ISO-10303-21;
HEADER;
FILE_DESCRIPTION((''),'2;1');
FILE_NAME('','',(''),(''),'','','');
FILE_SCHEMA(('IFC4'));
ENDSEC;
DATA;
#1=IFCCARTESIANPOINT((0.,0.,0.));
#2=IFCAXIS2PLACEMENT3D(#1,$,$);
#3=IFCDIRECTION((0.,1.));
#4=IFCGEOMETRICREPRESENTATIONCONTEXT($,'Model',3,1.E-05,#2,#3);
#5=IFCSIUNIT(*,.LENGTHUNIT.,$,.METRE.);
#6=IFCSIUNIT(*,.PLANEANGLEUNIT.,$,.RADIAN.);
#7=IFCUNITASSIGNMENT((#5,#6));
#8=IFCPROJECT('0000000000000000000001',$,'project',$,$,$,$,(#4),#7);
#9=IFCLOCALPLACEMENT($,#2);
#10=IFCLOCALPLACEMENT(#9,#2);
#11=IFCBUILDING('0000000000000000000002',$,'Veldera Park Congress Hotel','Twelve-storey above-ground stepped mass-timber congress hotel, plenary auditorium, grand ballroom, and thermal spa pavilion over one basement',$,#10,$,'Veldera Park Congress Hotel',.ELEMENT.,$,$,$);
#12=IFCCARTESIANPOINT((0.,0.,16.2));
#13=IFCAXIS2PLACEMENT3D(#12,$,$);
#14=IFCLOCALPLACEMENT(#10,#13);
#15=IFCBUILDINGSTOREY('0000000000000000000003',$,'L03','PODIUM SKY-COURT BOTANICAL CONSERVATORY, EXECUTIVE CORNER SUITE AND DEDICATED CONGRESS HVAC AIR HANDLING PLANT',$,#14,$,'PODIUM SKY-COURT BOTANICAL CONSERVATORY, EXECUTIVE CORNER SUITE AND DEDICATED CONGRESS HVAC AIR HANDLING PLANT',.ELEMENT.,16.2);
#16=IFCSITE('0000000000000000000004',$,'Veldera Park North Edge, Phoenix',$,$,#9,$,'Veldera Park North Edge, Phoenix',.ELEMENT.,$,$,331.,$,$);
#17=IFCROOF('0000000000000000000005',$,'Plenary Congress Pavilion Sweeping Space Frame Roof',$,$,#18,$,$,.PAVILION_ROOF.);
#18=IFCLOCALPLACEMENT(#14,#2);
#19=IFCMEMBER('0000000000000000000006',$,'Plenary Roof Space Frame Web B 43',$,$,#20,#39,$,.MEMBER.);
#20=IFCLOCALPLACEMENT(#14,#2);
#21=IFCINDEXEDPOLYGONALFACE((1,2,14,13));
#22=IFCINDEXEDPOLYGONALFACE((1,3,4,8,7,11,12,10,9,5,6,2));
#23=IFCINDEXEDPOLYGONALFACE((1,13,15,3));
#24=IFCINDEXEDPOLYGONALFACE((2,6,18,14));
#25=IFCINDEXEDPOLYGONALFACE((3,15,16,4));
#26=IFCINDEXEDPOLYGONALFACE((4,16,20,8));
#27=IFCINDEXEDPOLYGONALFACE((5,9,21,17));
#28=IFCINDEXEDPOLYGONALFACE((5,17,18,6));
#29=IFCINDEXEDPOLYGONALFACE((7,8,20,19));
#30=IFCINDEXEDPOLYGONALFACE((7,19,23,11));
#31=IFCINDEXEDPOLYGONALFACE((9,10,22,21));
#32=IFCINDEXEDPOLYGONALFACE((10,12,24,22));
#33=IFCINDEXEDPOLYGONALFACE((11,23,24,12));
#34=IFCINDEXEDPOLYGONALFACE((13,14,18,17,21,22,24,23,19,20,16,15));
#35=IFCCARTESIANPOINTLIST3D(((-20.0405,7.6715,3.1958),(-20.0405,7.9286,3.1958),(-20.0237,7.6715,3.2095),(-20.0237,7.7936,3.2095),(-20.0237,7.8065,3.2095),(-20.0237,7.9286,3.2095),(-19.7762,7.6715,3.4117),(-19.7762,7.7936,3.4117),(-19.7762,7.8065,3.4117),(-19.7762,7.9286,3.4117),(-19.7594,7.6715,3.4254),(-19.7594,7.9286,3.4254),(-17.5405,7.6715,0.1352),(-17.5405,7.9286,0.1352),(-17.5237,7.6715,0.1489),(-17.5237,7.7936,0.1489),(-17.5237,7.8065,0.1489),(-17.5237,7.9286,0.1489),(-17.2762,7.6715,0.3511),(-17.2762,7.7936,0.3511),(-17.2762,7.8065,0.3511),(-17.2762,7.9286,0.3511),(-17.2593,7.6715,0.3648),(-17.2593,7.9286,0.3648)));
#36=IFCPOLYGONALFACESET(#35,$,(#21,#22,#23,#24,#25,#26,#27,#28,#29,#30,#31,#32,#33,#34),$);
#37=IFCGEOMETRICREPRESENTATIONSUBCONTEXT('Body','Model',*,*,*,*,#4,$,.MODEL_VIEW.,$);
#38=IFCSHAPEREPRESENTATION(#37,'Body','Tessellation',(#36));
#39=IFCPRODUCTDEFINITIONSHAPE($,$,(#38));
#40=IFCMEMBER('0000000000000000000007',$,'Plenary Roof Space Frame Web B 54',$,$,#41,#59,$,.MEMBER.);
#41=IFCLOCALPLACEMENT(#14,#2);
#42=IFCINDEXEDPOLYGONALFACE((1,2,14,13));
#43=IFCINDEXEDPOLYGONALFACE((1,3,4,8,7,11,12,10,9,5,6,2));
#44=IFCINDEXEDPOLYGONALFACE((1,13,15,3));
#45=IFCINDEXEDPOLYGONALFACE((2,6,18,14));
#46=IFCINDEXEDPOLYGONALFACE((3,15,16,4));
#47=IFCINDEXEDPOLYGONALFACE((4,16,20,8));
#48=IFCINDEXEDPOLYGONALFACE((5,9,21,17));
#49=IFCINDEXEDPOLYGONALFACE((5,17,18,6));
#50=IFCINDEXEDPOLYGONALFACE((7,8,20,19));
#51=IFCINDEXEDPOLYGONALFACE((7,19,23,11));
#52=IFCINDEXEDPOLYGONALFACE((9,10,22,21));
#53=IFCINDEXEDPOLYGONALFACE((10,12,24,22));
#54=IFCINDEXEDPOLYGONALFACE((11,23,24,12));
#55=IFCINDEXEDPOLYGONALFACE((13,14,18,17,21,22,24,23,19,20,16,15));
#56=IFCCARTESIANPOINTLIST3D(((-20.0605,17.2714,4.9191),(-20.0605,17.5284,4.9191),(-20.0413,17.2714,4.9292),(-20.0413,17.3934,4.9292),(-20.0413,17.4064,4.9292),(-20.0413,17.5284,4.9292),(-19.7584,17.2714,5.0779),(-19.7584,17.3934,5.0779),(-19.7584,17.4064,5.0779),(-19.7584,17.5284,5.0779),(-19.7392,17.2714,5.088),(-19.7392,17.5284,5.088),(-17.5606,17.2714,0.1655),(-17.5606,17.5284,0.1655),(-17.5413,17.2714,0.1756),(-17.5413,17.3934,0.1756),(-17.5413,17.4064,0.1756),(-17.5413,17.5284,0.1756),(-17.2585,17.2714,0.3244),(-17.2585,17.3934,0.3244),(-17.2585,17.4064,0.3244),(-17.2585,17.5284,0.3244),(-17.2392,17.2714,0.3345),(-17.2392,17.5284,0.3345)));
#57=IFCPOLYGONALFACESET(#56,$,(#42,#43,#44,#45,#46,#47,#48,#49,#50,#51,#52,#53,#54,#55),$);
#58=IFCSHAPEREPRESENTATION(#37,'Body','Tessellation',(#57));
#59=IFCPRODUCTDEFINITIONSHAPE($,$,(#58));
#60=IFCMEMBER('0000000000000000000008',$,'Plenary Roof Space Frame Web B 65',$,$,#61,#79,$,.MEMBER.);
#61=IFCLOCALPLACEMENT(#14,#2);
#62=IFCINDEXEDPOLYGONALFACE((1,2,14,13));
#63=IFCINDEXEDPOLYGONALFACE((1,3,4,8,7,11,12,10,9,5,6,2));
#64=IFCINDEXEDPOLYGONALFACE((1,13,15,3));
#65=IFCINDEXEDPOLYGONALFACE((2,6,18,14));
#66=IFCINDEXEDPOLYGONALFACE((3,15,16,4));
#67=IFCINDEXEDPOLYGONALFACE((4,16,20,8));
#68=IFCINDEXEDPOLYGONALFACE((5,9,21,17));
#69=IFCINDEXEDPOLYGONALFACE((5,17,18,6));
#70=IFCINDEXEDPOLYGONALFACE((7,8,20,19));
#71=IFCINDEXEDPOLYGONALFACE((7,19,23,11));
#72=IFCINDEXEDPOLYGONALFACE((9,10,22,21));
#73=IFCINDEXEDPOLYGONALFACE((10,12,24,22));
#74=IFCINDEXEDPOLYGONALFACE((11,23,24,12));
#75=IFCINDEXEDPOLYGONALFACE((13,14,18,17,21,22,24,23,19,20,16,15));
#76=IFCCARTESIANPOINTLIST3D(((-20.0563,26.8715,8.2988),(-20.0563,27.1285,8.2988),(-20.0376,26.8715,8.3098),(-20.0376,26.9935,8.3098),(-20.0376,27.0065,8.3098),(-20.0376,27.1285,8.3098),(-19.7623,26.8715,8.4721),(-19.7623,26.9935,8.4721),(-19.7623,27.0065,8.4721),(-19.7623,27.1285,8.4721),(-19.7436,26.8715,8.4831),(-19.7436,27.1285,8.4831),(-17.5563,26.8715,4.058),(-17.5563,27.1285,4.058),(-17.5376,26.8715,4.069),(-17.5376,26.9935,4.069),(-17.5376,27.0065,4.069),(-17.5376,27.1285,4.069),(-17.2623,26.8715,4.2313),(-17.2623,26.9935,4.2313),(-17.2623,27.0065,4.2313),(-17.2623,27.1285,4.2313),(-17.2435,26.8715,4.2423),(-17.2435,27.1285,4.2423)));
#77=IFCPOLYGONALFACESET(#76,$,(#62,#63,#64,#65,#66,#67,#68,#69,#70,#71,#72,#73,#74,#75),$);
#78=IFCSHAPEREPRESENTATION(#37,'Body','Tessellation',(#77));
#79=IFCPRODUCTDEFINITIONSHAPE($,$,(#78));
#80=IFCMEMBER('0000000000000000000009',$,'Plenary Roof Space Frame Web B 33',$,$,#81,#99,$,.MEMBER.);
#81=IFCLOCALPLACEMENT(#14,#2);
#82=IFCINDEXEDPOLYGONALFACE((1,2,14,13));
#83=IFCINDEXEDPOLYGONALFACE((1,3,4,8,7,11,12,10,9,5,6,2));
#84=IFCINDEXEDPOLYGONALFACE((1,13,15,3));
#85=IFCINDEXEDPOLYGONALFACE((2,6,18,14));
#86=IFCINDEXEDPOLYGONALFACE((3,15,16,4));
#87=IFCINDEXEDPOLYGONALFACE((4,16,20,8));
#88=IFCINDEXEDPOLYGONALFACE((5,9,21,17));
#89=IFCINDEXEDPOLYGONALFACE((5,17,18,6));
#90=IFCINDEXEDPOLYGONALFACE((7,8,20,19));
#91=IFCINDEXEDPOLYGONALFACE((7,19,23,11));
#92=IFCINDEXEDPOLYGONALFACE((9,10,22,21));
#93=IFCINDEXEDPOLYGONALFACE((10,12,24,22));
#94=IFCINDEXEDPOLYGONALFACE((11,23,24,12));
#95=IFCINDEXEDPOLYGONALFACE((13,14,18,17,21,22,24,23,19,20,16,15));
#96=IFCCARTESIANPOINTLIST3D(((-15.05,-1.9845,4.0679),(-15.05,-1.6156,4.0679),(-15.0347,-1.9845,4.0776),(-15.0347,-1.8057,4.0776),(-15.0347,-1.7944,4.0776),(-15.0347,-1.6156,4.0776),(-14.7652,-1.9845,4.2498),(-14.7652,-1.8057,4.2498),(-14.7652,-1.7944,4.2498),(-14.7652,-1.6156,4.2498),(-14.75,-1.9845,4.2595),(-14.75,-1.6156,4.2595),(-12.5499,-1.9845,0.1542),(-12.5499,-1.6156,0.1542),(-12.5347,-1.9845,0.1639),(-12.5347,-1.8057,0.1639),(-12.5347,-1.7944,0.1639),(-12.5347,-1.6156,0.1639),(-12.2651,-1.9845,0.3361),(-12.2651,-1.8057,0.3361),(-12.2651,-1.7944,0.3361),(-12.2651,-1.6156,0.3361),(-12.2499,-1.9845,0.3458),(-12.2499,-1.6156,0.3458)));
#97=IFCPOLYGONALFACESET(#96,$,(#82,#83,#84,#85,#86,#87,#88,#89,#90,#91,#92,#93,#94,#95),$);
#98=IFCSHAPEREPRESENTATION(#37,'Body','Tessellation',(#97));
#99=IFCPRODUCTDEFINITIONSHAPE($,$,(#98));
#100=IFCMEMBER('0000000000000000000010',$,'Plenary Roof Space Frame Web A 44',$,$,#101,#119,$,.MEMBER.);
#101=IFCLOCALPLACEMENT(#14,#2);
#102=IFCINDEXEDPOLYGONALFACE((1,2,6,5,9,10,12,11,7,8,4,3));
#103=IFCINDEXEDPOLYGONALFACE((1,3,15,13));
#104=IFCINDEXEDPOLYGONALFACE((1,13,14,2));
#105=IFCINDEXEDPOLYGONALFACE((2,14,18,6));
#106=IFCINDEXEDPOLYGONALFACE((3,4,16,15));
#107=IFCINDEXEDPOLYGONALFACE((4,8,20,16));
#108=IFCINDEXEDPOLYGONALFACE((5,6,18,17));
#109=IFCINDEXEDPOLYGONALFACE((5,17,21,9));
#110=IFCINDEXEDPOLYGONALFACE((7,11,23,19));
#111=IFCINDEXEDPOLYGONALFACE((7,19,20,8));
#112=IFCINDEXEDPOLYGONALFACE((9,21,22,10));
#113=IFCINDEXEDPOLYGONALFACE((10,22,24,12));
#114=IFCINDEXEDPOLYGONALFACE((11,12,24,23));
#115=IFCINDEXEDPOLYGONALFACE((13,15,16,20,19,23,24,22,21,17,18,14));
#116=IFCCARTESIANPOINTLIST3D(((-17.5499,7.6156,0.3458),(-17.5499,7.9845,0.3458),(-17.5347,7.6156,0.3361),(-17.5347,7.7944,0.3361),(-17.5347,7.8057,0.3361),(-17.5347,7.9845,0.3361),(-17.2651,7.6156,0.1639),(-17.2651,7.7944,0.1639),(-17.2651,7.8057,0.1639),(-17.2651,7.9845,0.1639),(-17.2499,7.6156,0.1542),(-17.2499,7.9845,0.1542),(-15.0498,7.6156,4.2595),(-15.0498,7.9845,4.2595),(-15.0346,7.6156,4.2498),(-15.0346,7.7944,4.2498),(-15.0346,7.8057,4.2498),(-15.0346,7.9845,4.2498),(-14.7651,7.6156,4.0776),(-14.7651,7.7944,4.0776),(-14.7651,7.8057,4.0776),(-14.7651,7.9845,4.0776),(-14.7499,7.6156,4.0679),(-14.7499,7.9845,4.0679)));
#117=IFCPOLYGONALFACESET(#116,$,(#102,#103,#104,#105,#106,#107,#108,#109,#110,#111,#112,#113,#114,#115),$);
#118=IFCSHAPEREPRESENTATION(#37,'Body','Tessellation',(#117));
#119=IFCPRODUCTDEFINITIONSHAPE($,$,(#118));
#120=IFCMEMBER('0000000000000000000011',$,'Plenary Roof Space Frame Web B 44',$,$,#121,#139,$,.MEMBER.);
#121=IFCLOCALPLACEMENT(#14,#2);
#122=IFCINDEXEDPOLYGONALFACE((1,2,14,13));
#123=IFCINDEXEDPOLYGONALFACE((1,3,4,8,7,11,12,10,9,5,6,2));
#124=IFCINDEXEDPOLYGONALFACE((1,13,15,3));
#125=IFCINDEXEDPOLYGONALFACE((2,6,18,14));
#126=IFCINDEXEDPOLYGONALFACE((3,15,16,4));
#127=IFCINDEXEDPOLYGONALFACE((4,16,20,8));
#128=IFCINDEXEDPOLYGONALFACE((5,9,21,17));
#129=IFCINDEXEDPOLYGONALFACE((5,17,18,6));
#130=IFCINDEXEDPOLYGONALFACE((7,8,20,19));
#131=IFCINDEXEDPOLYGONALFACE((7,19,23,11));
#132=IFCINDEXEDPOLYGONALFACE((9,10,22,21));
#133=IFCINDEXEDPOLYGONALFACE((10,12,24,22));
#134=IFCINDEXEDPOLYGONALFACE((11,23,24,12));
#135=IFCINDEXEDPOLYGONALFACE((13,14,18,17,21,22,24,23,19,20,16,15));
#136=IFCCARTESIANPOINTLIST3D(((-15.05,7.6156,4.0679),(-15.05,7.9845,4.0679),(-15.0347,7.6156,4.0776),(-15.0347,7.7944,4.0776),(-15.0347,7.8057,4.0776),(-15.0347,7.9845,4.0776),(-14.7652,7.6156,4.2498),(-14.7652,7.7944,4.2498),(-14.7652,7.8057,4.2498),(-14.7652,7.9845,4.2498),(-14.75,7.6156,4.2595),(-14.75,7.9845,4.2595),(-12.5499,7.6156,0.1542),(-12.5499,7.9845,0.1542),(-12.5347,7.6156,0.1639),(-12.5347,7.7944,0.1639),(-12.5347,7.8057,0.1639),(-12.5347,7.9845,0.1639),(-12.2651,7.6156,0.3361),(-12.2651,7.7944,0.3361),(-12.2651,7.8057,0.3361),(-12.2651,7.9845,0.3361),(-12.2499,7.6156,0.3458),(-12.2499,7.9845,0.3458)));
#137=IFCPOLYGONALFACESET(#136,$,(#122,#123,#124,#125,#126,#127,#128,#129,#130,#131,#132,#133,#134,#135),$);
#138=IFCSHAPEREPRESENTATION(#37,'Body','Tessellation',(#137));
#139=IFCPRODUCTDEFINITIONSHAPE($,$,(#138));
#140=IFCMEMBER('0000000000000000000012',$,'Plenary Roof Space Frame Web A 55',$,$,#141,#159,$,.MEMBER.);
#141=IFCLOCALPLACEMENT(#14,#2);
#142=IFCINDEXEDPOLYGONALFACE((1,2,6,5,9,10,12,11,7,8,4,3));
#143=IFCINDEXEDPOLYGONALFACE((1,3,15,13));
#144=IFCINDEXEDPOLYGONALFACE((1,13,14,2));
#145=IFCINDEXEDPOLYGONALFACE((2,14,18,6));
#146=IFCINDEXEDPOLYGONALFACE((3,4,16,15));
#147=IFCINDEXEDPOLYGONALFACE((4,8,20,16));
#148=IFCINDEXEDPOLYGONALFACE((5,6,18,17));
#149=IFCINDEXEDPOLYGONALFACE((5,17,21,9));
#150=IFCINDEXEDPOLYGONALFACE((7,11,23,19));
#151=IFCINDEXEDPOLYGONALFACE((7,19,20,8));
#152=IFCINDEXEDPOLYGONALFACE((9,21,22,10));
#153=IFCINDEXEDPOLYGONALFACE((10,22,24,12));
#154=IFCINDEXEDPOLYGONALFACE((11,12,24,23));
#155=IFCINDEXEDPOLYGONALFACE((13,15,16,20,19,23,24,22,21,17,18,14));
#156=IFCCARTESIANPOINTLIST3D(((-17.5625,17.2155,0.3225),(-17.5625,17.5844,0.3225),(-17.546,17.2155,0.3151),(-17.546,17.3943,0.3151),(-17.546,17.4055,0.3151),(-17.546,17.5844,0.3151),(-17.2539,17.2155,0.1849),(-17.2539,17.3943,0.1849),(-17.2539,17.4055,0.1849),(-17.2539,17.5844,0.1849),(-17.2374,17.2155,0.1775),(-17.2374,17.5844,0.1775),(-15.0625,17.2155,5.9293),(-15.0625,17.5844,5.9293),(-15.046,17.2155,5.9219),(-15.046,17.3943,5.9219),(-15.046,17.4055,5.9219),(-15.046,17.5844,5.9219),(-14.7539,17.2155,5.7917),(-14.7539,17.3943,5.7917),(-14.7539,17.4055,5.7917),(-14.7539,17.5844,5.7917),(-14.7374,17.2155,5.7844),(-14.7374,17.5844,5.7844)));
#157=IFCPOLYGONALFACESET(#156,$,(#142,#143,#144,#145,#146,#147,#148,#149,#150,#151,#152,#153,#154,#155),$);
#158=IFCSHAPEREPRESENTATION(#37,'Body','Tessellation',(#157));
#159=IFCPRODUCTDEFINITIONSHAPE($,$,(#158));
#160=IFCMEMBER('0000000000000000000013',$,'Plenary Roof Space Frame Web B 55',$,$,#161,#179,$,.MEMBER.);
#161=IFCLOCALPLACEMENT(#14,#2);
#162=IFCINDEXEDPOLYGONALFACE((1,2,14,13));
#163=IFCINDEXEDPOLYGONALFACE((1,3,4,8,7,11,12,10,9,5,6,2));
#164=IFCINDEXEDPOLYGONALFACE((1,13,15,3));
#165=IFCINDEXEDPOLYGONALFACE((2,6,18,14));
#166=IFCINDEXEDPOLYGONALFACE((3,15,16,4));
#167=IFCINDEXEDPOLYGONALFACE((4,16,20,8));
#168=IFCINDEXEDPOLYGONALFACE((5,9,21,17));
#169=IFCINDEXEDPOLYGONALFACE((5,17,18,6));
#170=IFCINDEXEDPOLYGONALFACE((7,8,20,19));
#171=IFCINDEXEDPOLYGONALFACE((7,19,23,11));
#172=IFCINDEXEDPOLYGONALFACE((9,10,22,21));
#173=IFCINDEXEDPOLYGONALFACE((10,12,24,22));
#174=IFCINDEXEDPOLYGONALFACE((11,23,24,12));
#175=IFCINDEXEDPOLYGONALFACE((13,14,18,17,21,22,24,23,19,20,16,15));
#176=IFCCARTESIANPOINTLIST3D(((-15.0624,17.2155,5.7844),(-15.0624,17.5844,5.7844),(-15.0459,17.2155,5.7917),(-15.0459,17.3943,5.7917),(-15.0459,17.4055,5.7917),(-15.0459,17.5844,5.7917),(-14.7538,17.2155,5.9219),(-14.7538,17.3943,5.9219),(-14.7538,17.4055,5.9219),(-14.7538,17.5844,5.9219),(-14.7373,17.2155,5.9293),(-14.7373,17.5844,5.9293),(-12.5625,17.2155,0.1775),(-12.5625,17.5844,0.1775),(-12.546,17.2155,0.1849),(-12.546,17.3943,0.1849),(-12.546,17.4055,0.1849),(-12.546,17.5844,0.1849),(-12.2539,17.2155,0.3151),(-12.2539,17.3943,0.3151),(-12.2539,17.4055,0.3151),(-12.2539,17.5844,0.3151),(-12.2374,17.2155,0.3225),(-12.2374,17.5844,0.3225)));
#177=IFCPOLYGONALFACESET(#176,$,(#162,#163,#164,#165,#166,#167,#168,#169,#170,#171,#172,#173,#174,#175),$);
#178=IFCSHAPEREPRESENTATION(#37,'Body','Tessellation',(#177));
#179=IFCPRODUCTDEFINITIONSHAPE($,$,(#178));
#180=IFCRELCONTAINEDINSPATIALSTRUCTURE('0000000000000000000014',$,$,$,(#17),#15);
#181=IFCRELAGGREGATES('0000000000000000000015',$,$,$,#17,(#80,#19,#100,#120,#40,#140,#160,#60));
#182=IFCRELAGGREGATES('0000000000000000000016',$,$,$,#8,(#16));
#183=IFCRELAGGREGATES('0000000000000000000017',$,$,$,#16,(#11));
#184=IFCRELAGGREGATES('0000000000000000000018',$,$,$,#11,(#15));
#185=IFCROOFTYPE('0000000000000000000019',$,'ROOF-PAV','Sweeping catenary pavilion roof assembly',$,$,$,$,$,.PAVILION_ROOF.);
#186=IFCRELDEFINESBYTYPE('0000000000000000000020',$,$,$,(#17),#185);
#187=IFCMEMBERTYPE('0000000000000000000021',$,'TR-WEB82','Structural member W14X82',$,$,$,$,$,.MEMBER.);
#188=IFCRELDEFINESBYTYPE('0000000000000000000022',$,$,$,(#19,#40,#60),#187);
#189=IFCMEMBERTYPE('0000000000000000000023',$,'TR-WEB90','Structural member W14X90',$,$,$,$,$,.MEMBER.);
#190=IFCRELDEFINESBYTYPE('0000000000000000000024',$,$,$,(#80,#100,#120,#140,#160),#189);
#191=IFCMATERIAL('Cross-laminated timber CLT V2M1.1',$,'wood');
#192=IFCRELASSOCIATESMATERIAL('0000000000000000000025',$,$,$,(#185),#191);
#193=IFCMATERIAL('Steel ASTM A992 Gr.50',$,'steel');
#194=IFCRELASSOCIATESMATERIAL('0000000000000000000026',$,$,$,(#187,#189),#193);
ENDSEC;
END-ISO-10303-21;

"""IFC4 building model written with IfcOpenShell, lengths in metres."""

from ifc_helpers import new_model, si_unit, direction, frame, origin, origin_2d, place, context, subcontext, project, spatial, i_section, extrude, material, material_profile, profile_set, type_object, element, aggregate, save


model = new_model("IFC4")

# Units and contexts
model_context = context("Model", 3, precision=1e-05, world=origin(), true_north=direction((0.0, 1.0)))
body_context = subcontext(model_context, "Body", "Model", "MODEL_VIEW")
ifc_project = project(units=[si_unit("LENGTHUNIT", "METRE"), si_unit("PLANEANGLEUNIT", "RADIAN")], contexts=[model_context])

# Site, building, storey
site_placement = place(None, origin())
site = spatial("IfcSite", under=ifc_project, at=site_placement, Name="Veldera Park North Edge, Phoenix", LongName="Veldera Park North Edge, Phoenix", CompositionType="ELEMENT", RefElevation=331.0)
building_placement = place(site_placement, origin())
building = spatial("IfcBuilding", under=site, at=building_placement, Name="Veldera Park Congress Hotel", Description="Twelve-storey above-ground stepped mass-timber congress hotel, plenary auditorium, grand ballroom, and thermal spa pavilion over one basement", LongName="Veldera Park Congress Hotel", CompositionType="ELEMENT")
storey_placement = place(building_placement, frame((0.0, 0.0, 16.2)))
storey = spatial("IfcBuildingStorey", under=building, at=storey_placement, Name="L03", Description="PODIUM SKY-COURT BOTANICAL CONSERVATORY, EXECUTIVE CORNER SUITE AND DEDICATED CONGRESS HVAC AIR HANDLING PLANT", LongName="PODIUM SKY-COURT BOTANICAL CONSERVATORY, EXECUTIVE CORNER SUITE AND DEDICATED CONGRESS HVAC AIR HANDLING PLANT", CompositionType="ELEMENT", Elevation=16.2)

# Shared definitions
ifc_material_1 = material(Name="Steel ASTM A992 Gr.50", Category="steel")

# Roof, members
ifc_material_2 = material(Name="Cross-laminated timber CLT V2M1.1", Category="wood")
roof_type = type_object("IfcRoofType", Name="ROOF-PAV", Description="Sweeping catenary pavilion roof assembly", PredefinedType="PAVILION_ROOF", material=ifc_material_2)
roof_placement = place(storey_placement, origin())
roof = element("IfcRoof", 1, at=roof_placement, inside=storey, type_object=roof_type, Name="Plenary Congress Pavilion Sweeping Space Frame Roof", PredefinedType="PAVILION_ROOF")
ifc_material_profile_1 = material_profile(ifc_material_1, i_section(OverallWidth=0.2571, OverallDepth=0.363, WebThickness=0.0129, FlangeThickness=0.0217, at=origin_2d()), Name="W14X82")
ifc_profile_set_1 = profile_set([ifc_material_profile_1], Name="Steel ASTM A992 Gr.50")
member_type_1 = type_object("IfcMemberType", Name="TR-WEB82", Description="Structural member W14X82", PredefinedType="MEMBER", material=ifc_profile_set_1)
member_1_placement = place(storey_placement, frame((-17.3999, 7.8, 0.25), z_axis=(-0.632619, 0.0, 0.774464), x_axis=(0.0, -1.0, 0.0)))
member_1 = element("IfcMember", 2, at=member_1_placement, type_object=member_type_1, Name="Plenary Roof Space Frame Web B 43", PredefinedType="MEMBER", context=body_context, shape_type="SweptSolid", body=[
    extrude(i_section(OverallWidth=0.2571, OverallDepth=0.363, WebThickness=0.0129, FlangeThickness=0.0217, at=origin_2d()), origin(), (0.0, 0.0, 1.0), 3.9519),
])
member_2_placement = place(storey_placement, frame((-17.3999, 17.3999, 0.25), z_axis=(-0.465465, 0.0, 0.885066), x_axis=(0.0, -1.0, 0.0)))
member_2 = element("IfcMember", 3, at=member_2_placement, type_object=member_type_1, Name="Plenary Roof Space Frame Web B 54", PredefinedType="MEMBER", context=body_context, shape_type="SweptSolid", body=[
    extrude(i_section(OverallWidth=0.2571, OverallDepth=0.363, WebThickness=0.0129, FlangeThickness=0.0217, at=origin_2d()), origin(), (0.0, 0.0, 1.0), 5.3708),
])
member_3_placement = place(storey_placement, frame((-17.3999, 27.0, 4.1501), z_axis=(-0.507843, 0.0, 0.861449), x_axis=(0.0, -1.0, 0.0)))
member_3 = element("IfcMember", 4, at=member_3_placement, type_object=member_type_1, Name="Plenary Roof Space Frame Web B 65", PredefinedType="MEMBER", context=body_context, shape_type="SweptSolid", body=[
    extrude(i_section(OverallWidth=0.2571, OverallDepth=0.363, WebThickness=0.0129, FlangeThickness=0.0217, at=origin_2d()), origin(), (0.0, 0.0, 1.0), 4.9229),
])
ifc_material_profile_2 = material_profile(ifc_material_1, i_section(OverallWidth=0.3689, OverallDepth=0.356, WebThickness=0.0112, FlangeThickness=0.0181, at=origin_2d()), Name="W14X90")
ifc_profile_set_2 = profile_set([ifc_material_profile_2], Name="Steel ASTM A992 Gr.50")
member_type_2 = type_object("IfcMemberType", Name="TR-WEB90", Description="Structural member W14X90", PredefinedType="MEMBER", material=ifc_profile_set_2)
member_4_placement = place(storey_placement, frame((-12.3999, -1.8, 0.25), z_axis=(-0.538337, 0.0, 0.842729), x_axis=(0.0, -1.0, 0.0)))
member_4 = element("IfcMember", 5, at=member_4_placement, type_object=member_type_2, Name="Plenary Roof Space Frame Web B 33", PredefinedType="MEMBER", context=body_context, shape_type="SweptSolid", body=[
    extrude(i_section(OverallWidth=0.3689, OverallDepth=0.356, WebThickness=0.0112, FlangeThickness=0.0181, at=origin_2d()), origin(), (0.0, 0.0, 1.0), 4.644),
])
member_5_placement = place(storey_placement, frame((-17.3999, 7.8, 0.25), z_axis=(0.538337, 0.0, 0.842729), x_axis=(0.0, 1.0, 0.0)))
member_5 = element("IfcMember", 6, at=member_5_placement, type_object=member_type_2, Name="Plenary Roof Space Frame Web A 44", PredefinedType="MEMBER", context=body_context, shape_type="SweptSolid", body=[
    extrude(i_section(OverallWidth=0.3689, OverallDepth=0.356, WebThickness=0.0112, FlangeThickness=0.0181, at=origin_2d()), origin(), (0.0, 0.0, 1.0), 4.644),
])
member_6_placement = place(storey_placement, frame((-12.3999, 7.8, 0.25), z_axis=(-0.538337, 0.0, 0.842729), x_axis=(0.0, -1.0, 0.0)))
member_6 = element("IfcMember", 7, at=member_6_placement, type_object=member_type_2, Name="Plenary Roof Space Frame Web B 44", PredefinedType="MEMBER", context=body_context, shape_type="SweptSolid", body=[
    extrude(i_section(OverallWidth=0.3689, OverallDepth=0.356, WebThickness=0.0112, FlangeThickness=0.0181, at=origin_2d()), origin(), (0.0, 0.0, 1.0), 4.644),
])
member_7_placement = place(storey_placement, frame((-17.3999, 17.3999, 0.25), z_axis=(0.40723, 0.0, 0.913325), x_axis=(0.0, 1.0, 0.0)))
member_7 = element("IfcMember", 8, at=member_7_placement, type_object=member_type_2, Name="Plenary Roof Space Frame Web A 55", PredefinedType="MEMBER", context=body_context, shape_type="SweptSolid", body=[
    extrude(i_section(OverallWidth=0.3689, OverallDepth=0.356, WebThickness=0.0112, FlangeThickness=0.0181, at=origin_2d()), origin(), (0.0, 0.0, 1.0), 6.1389),
])
member_8_placement = place(storey_placement, frame((-12.3999, 17.3999, 0.25), z_axis=(-0.40723, 0.0, 0.913325), x_axis=(0.0, -1.0, 0.0)))
member_8 = element("IfcMember", 9, at=member_8_placement, type_object=member_type_2, Name="Plenary Roof Space Frame Web B 55", PredefinedType="MEMBER", context=body_context, shape_type="SweptSolid", body=[
    extrude(i_section(OverallWidth=0.3689, OverallDepth=0.356, WebThickness=0.0112, FlangeThickness=0.0181, at=origin_2d()), origin(), (0.0, 0.0, 1.0), 6.1389),
])
aggregate(roof, [member_4, member_1, member_5, member_6, member_2, member_7, member_8, member_3])

save(model, "model.ifc")
